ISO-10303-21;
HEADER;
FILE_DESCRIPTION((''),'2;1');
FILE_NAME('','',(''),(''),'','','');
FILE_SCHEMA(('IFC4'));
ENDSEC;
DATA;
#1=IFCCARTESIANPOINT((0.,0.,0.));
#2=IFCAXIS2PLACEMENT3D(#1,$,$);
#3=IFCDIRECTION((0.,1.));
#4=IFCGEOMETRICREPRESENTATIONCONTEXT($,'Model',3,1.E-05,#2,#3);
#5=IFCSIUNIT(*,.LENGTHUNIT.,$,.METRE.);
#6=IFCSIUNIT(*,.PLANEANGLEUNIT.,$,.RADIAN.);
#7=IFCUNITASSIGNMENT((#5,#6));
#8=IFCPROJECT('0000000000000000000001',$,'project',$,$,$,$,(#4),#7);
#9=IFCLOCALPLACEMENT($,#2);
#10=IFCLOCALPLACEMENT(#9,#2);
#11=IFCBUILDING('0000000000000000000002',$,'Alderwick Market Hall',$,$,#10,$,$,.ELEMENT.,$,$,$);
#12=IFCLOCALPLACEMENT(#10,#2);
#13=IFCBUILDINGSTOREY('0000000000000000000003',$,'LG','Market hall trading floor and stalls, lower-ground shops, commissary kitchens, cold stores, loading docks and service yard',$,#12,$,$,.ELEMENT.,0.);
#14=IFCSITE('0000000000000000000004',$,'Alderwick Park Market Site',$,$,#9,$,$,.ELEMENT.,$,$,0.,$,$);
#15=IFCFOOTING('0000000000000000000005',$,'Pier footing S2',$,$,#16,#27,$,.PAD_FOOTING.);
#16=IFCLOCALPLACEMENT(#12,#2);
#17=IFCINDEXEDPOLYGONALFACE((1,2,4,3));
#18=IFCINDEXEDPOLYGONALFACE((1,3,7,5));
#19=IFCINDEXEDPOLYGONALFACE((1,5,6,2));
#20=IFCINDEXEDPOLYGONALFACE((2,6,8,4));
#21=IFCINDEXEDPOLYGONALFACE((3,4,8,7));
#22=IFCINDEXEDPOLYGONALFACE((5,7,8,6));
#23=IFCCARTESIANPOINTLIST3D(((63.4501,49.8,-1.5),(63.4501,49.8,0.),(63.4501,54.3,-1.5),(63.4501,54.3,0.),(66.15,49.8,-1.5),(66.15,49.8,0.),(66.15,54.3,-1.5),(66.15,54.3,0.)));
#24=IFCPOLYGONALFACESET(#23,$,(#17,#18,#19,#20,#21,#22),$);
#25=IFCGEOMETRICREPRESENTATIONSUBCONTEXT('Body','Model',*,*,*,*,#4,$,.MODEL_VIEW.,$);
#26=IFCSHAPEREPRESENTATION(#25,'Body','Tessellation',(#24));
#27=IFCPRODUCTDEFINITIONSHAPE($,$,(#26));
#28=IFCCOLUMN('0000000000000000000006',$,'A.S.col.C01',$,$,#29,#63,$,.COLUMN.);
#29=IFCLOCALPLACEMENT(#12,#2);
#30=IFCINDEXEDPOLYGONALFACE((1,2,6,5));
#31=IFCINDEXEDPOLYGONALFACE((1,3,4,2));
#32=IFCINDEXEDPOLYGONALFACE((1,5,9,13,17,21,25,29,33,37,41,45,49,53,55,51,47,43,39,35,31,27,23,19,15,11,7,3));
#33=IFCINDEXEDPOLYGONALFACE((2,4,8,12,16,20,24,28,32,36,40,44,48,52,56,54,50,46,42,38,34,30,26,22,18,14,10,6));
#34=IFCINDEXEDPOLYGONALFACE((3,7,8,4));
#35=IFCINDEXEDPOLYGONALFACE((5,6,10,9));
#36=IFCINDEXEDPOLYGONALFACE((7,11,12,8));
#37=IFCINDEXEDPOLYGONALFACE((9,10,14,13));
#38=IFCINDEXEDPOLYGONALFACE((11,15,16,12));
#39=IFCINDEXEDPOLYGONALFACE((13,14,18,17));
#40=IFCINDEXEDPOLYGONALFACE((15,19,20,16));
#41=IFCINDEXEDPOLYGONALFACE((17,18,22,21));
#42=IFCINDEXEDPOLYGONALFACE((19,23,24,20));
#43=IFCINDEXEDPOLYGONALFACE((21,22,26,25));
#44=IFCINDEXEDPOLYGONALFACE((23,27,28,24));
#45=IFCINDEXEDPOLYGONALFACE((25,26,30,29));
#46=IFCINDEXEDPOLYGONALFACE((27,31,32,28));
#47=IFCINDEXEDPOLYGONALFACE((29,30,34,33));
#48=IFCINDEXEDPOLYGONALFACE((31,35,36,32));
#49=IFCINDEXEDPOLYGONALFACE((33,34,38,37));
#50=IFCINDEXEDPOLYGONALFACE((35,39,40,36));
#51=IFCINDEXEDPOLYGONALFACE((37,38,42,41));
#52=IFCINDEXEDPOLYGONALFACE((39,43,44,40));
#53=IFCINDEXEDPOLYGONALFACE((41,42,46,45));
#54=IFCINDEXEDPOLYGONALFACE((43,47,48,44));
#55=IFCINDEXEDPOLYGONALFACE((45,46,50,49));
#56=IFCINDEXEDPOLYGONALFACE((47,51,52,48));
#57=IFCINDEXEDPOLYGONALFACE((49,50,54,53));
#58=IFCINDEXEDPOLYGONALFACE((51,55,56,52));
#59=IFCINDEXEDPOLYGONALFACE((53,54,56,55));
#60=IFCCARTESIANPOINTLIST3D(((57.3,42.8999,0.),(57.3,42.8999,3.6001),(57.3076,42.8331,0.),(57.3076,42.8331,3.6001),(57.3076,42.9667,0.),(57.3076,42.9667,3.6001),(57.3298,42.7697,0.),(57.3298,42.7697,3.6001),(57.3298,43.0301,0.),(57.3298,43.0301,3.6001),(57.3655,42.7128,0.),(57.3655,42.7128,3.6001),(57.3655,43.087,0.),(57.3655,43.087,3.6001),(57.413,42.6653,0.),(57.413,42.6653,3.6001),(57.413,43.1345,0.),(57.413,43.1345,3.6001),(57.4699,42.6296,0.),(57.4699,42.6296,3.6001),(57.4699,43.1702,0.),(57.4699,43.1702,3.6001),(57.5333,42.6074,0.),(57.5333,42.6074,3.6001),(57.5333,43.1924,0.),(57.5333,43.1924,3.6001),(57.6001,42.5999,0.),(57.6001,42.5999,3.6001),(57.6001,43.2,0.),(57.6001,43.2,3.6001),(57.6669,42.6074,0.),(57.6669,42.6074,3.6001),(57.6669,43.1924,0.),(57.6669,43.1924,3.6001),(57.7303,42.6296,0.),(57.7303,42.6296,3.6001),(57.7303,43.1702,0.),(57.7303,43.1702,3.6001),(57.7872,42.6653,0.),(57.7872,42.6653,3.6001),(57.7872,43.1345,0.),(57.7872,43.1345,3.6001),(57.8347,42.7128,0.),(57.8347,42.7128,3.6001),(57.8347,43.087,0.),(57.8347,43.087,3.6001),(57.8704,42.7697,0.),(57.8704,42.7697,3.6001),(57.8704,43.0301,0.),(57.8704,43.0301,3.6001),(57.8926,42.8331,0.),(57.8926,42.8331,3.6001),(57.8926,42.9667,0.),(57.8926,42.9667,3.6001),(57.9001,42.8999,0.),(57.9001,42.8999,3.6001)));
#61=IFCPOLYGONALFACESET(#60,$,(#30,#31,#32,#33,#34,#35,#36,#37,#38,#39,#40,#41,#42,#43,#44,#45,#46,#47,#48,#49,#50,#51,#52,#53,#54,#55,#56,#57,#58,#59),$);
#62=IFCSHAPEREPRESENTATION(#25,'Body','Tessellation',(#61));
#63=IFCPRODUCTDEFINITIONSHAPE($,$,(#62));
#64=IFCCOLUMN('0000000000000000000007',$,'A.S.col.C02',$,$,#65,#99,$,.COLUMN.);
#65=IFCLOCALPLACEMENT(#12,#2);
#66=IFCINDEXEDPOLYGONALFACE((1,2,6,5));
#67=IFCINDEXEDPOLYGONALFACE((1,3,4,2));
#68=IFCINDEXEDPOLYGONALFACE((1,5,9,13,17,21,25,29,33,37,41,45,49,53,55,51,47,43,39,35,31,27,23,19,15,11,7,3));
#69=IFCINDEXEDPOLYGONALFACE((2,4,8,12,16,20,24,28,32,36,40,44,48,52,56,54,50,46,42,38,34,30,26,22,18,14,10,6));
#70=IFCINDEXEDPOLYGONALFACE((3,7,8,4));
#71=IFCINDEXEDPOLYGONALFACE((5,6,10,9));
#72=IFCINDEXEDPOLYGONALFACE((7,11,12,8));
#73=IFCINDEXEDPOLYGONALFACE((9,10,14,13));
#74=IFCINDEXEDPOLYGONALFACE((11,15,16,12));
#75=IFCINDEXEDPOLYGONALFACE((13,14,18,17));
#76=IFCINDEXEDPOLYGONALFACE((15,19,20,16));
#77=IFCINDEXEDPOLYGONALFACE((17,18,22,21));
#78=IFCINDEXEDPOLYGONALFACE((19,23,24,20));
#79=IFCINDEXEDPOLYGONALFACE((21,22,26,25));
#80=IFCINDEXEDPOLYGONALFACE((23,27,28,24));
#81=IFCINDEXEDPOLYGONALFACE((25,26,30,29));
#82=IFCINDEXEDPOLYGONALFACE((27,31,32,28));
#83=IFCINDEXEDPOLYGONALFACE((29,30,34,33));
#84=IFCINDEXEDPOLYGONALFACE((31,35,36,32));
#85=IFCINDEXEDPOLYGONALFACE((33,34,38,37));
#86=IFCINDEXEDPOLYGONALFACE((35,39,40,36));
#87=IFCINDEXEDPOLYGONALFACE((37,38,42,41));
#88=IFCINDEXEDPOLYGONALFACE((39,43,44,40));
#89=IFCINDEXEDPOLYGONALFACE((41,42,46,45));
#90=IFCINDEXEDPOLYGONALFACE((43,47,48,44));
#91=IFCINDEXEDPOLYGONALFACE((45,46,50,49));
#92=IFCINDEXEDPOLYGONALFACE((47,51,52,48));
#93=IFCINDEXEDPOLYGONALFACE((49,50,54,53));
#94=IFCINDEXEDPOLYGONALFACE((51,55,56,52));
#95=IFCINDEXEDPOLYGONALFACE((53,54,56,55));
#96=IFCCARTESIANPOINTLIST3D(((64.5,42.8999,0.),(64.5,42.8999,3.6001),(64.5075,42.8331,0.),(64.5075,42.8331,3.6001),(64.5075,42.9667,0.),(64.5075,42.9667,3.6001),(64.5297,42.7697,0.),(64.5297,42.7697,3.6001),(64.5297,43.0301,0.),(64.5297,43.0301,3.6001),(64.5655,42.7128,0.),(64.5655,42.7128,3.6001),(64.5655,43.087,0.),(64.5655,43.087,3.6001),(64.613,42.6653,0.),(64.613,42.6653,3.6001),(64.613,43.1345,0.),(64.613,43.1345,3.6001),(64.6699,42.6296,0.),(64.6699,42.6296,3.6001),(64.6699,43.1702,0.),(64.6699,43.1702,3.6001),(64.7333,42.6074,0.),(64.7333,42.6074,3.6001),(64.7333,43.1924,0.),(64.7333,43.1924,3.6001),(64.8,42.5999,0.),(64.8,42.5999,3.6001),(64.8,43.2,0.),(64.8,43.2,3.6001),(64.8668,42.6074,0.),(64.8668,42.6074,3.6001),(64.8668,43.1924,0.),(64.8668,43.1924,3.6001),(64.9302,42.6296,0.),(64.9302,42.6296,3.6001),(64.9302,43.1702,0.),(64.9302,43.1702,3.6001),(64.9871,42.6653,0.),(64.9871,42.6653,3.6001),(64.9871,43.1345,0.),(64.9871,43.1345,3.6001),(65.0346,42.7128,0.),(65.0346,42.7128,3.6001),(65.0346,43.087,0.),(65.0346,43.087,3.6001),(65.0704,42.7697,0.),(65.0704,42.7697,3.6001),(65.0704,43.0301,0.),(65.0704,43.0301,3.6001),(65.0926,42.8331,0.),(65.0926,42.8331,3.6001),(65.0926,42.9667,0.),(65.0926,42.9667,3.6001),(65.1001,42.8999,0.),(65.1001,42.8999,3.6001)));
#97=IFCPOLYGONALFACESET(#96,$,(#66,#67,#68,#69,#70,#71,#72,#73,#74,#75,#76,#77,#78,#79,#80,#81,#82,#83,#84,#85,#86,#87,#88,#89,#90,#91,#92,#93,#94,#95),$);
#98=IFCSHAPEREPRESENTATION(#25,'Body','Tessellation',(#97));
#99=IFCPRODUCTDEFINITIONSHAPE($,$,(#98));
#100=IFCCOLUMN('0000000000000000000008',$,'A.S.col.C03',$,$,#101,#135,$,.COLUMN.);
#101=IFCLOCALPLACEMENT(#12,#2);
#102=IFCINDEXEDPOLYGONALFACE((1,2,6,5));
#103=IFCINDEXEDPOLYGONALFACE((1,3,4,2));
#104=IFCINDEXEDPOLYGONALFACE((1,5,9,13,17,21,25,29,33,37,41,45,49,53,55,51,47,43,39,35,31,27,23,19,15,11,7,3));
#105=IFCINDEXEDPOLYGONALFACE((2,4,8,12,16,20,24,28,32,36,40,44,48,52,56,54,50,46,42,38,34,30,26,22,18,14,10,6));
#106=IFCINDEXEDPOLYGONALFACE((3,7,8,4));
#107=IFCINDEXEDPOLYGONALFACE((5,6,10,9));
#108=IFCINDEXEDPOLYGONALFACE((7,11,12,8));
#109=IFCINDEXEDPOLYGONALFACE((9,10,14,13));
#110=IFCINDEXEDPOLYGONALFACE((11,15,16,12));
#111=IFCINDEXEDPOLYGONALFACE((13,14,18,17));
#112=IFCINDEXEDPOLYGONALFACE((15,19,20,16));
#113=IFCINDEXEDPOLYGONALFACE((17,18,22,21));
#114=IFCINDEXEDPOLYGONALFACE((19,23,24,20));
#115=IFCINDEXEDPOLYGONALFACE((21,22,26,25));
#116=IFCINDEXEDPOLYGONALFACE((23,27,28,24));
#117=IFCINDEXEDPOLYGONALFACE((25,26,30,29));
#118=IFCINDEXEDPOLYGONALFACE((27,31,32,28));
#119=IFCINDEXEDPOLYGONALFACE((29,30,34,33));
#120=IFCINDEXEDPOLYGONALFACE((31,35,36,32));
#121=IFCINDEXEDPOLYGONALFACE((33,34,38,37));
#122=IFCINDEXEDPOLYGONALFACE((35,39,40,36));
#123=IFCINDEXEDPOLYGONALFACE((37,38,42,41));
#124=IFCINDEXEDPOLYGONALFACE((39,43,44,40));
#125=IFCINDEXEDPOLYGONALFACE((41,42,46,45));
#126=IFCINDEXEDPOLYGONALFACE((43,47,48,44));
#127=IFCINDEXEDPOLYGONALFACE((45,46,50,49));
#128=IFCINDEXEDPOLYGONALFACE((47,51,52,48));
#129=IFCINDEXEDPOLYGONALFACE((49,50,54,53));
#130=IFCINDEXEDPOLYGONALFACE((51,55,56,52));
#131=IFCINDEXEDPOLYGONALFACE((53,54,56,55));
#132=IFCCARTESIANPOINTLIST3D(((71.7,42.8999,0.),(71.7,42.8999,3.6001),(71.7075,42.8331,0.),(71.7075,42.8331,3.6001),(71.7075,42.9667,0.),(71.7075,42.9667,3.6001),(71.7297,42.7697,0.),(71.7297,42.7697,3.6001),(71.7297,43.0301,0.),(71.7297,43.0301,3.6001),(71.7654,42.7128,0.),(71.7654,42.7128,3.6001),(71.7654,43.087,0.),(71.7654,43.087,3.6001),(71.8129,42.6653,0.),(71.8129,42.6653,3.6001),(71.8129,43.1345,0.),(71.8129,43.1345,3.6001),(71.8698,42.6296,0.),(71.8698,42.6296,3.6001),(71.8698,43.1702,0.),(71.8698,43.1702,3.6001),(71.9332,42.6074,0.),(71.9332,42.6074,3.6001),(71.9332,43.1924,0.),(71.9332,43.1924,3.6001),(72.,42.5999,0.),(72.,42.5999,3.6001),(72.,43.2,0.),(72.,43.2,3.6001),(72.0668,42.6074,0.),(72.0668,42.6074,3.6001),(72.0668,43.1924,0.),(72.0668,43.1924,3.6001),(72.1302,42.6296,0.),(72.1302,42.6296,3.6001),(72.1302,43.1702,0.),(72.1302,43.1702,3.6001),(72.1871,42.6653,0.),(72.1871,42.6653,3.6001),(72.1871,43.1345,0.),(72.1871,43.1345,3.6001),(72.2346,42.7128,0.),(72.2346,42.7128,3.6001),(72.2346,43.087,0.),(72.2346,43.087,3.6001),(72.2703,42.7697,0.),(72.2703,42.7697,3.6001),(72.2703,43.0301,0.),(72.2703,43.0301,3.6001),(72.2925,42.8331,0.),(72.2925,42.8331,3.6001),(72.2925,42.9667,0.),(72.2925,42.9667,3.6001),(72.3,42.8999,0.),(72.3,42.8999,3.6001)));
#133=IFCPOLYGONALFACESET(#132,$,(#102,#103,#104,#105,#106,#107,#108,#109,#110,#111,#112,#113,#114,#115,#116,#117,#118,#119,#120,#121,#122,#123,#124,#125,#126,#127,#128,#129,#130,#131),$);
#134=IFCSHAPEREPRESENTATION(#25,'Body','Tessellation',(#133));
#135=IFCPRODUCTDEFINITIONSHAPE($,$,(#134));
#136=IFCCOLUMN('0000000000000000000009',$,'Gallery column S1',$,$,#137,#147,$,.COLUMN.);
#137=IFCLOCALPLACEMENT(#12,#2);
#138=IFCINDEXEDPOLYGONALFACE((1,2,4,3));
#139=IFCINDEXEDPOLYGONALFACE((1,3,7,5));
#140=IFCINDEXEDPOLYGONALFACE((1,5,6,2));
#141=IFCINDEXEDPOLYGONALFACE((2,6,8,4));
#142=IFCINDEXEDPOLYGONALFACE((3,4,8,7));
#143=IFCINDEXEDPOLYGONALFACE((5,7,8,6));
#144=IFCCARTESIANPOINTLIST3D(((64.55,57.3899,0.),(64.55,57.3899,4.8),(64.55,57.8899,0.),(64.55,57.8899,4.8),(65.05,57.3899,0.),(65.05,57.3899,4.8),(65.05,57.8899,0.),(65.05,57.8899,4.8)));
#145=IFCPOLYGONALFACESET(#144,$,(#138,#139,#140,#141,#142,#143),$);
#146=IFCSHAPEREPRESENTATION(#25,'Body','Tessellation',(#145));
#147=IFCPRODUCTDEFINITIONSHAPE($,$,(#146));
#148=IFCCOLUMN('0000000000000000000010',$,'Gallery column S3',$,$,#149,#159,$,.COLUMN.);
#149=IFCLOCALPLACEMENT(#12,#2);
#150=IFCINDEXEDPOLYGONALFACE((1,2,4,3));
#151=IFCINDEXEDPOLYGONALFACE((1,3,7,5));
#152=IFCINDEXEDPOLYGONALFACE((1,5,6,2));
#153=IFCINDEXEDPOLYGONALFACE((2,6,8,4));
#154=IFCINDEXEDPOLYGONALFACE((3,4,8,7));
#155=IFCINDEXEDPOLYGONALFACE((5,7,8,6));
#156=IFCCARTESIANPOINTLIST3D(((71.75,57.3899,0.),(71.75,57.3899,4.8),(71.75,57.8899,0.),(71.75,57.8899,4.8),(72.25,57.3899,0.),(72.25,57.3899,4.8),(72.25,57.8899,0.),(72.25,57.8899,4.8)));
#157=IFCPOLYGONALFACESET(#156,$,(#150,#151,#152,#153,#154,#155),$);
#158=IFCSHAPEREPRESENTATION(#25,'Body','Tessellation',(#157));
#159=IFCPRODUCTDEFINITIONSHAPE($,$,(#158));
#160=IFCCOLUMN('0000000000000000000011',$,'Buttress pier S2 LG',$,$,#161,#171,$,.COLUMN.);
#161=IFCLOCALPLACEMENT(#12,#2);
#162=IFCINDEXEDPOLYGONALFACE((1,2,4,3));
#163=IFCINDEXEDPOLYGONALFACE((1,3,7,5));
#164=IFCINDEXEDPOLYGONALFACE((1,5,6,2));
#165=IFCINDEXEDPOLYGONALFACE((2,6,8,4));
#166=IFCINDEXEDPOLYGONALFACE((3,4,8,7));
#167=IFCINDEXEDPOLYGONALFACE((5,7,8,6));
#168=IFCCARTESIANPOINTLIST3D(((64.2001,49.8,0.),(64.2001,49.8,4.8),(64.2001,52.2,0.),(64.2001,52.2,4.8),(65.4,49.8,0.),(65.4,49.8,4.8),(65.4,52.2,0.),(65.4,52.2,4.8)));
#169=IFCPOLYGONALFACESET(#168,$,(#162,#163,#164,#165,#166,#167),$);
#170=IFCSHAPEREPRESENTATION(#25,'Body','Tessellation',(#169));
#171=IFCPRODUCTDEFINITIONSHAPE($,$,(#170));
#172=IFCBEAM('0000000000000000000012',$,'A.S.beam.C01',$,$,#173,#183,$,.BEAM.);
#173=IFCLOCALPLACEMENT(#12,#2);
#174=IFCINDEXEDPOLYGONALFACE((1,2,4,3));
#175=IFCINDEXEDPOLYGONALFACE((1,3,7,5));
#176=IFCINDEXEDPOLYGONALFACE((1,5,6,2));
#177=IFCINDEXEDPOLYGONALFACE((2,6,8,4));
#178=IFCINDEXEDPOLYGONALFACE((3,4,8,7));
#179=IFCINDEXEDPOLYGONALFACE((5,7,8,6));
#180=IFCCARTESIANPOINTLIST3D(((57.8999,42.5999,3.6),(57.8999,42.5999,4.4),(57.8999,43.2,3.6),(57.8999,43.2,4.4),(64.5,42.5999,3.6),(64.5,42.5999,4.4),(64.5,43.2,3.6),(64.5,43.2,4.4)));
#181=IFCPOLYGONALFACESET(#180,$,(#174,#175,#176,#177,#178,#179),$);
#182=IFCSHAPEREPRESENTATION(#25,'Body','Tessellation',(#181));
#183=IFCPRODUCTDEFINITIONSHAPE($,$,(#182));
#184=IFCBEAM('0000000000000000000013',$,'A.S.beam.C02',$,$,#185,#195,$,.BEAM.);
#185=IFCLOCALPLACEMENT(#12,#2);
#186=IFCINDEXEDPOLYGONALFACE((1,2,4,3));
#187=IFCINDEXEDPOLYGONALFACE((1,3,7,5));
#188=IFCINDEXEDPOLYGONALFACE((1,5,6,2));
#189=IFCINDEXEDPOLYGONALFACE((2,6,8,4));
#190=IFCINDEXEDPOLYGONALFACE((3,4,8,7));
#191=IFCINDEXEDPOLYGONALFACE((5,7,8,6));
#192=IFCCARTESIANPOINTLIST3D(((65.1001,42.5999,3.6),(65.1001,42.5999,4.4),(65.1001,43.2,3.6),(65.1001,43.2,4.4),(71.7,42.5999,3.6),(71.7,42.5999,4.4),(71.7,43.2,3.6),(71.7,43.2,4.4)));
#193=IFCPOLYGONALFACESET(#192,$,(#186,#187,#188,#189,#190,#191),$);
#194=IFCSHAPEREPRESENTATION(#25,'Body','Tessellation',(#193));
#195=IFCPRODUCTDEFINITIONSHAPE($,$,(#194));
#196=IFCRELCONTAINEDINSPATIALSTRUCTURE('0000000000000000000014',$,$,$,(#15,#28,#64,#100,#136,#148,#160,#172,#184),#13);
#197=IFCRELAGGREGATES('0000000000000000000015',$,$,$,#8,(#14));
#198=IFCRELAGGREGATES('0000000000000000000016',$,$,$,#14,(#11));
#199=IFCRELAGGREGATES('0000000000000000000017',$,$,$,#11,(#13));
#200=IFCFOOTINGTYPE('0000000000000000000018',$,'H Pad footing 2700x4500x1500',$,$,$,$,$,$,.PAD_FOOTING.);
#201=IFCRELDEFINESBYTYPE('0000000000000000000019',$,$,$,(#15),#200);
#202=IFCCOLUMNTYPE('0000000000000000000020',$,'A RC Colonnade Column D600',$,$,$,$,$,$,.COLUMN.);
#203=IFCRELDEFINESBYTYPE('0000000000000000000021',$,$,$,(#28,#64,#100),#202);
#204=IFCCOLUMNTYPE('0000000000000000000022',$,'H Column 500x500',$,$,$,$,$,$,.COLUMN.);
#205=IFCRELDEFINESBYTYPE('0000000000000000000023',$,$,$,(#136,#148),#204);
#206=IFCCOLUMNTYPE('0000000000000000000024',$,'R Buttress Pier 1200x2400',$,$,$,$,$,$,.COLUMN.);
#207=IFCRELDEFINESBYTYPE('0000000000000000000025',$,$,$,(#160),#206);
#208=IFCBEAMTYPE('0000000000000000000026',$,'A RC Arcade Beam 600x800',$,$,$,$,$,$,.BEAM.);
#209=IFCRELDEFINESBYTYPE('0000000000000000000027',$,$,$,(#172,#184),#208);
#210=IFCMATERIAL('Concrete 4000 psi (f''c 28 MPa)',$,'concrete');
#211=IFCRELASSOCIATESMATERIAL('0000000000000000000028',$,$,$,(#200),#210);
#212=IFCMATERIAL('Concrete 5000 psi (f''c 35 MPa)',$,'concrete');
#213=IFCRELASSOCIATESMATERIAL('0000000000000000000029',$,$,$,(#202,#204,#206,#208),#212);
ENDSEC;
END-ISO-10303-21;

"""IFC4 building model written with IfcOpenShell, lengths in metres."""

from ifc_helpers import new_model, si_unit, direction, frame, origin, origin_2d, place, context, subcontext, project, spatial, rectangle, circle, extrude, material, material_profile, profile_set, type_object, element, save


model = new_model("IFC4")

# Units and contexts
model_context = context("Model", 3, precision=1e-05, world=origin(), true_north=direction((0.0, 1.0)))
body_context = subcontext(model_context, "Body", "Model", "MODEL_VIEW")
ifc_project = project(units=[si_unit("LENGTHUNIT", "METRE"), si_unit("PLANEANGLEUNIT", "RADIAN")], contexts=[model_context])

# Site, building, storey
site_placement = place(None, origin())
site = spatial("IfcSite", under=ifc_project, at=site_placement, Name="Alderwick Park Market Site", CompositionType="ELEMENT", RefElevation=0.0)
building_placement = place(site_placement, origin())
building = spatial("IfcBuilding", under=site, at=building_placement, Name="Alderwick Market Hall", CompositionType="ELEMENT")
storey_placement = place(building_placement, origin())
storey = spatial("IfcBuildingStorey", under=building, at=storey_placement, Name="LG", Description="Market hall trading floor and stalls, lower-ground shops, commissary kitchens, cold stores, loading docks and service yard", CompositionType="ELEMENT", Elevation=0.0)

# Footing
ifc_material_1 = material(Name="Concrete 4000 psi (f'c 28 MPa)", Category="concrete")
footing_type = type_object("IfcFootingType", Name="H Pad footing 2700x4500x1500", PredefinedType="PAD_FOOTING", material=ifc_material_1)
footing_placement = place(storey_placement, frame((64.8, 52.05, -1.5), z_axis=(0.0, 0.0, 1.0), x_axis=(1.0, 0.0, 0.0)))
element("IfcFooting", 1, at=footing_placement, inside=storey, type_object=footing_type, Name="Pier footing S2", PredefinedType="PAD_FOOTING", context=body_context, shape_type="SweptSolid", body=[
    extrude(rectangle(XDim=2.7, YDim=4.5, at=origin_2d()), origin(), (0.0, 0.0, 1.0), 1.5),
])

# Columns
ifc_material_2 = material(Name="Concrete 5000 psi (f'c 35 MPa)", Category="concrete")
ifc_material_profile_1 = material_profile(ifc_material_2, circle(Radius=0.3, at=origin_2d()), Name="A RC Colonnade Column D600")
ifc_profile_set_1 = profile_set([ifc_material_profile_1], Name="Concrete 5000 psi (f'c 35 MPa)")
column_type_1 = type_object("IfcColumnType", Name="A RC Colonnade Column D600", PredefinedType="COLUMN", material=ifc_profile_set_1)
for number, where, z_axis, x_axis, name in (
    (2, (57.6001, 42.8999, 0.0), (0.0, 0.0, 1.0), (1.0, 0.0, 0.0), "A.S.col.C01"),
    (3, (64.8, 42.8999, 0.0), (0.0, 0.0, 1.0), (1.0, 0.0, 0.0), "A.S.col.C02"),
    (4, (72.0, 42.8999, 0.0), (0.0, 0.0, 1.0), (1.0, 0.0, 0.0), "A.S.col.C03"),
):
    element("IfcColumn", number, at=place(storey_placement, frame(where, z_axis=z_axis, x_axis=x_axis)), inside=storey, type_object=column_type_1, Name=name, PredefinedType="COLUMN", context=body_context, shape_type="SweptSolid", body=[
        extrude(circle(Radius=0.3, at=origin_2d()), origin(), (0.0, 0.0, 1.0), 3.6001),
    ])
ifc_material_profile_2 = material_profile(ifc_material_2, rectangle(XDim=0.5, YDim=0.5, at=origin_2d()), Name="RC 500x500")
ifc_profile_set_2 = profile_set([ifc_material_profile_2], Name="Concrete 5000 psi (f'c 35 MPa)")
column_type_2 = type_object("IfcColumnType", Name="H Column 500x500", PredefinedType="COLUMN", material=ifc_profile_set_2)
for number, where, z_axis, x_axis, name in (
    (5, (64.8, 57.6399, 0.0), (0.0, 0.0, 1.0), (1.0, 0.0, 0.0), "Gallery column S1"),
    (6, (72.0, 57.6399, 0.0), (0.0, 0.0, 1.0), (1.0, 0.0, 0.0), "Gallery column S3"),
):
    element("IfcColumn", number, at=place(storey_placement, frame(where, z_axis=z_axis, x_axis=x_axis)), inside=storey, type_object=column_type_2, Name=name, PredefinedType="COLUMN", context=body_context, shape_type="SweptSolid", body=[
        extrude(rectangle(XDim=0.5, YDim=0.5, at=origin_2d()), origin(), (0.0, 0.0, 1.0), 4.8),
    ])
ifc_material_profile_3 = material_profile(ifc_material_2, rectangle(XDim=1.2, YDim=2.3999, at=origin_2d()), Name="RC 1200x2400")
ifc_profile_set_3 = profile_set([ifc_material_profile_3], Name="Concrete 5000 psi (f'c 35 MPa)")
column_type_3 = type_object("IfcColumnType", Name="R Buttress Pier 1200x2400", PredefinedType="COLUMN", material=ifc_profile_set_3)
column_placement = place(storey_placement, frame((64.8, 51.0, 0.0), z_axis=(0.0, 0.0, 1.0), x_axis=(1.0, 0.0, 0.0)))
element("IfcColumn", 7, at=column_placement, inside=storey, type_object=column_type_3, Name="Buttress pier S2 LG", PredefinedType="COLUMN", context=body_context, shape_type="SweptSolid", body=[
    extrude(rectangle(XDim=1.2, YDim=2.3999, at=origin_2d()), origin(), (0.0, 0.0, 1.0), 4.8),
])

# Beams
ifc_material_profile_4 = material_profile(ifc_material_2, rectangle(XDim=0.6001, YDim=0.8, at=origin_2d()), Name="A RC Arcade Beam 600x800")
ifc_profile_set_4 = profile_set([ifc_material_profile_4], Name="Concrete 5000 psi (f'c 35 MPa)")
beam_type = type_object("IfcBeamType", Name="A RC Arcade Beam 600x800", PredefinedType="BEAM", material=ifc_profile_set_4)
beam_1_placement = place(storey_placement, frame((57.8999, 42.8999, 4.0), z_axis=(1.0, 0.0, 0.0), x_axis=(0.0, 1.0, 0.0)))
element("IfcBeam", 8, at=beam_1_placement, inside=storey, type_object=beam_type, Name="A.S.beam.C01", PredefinedType="BEAM", context=body_context, shape_type="SweptSolid", body=[
    extrude(rectangle(XDim=0.6001, YDim=0.8, at=origin_2d()), origin(), (0.0, 0.0, 1.0), 6.6001),
])
beam_2_placement = place(storey_placement, frame((65.1001, 42.8999, 4.0), z_axis=(1.0, 0.0, 0.0), x_axis=(0.0, 1.0, 0.0)))
element("IfcBeam", 9, at=beam_2_placement, inside=storey, type_object=beam_type, Name="A.S.beam.C02", PredefinedType="BEAM", context=body_context, shape_type="SweptSolid", body=[
    extrude(rectangle(XDim=0.6001, YDim=0.8, at=origin_2d()), origin(), (0.0, 0.0, 1.0), 6.5999),
])

save(model, "model.ifc")
